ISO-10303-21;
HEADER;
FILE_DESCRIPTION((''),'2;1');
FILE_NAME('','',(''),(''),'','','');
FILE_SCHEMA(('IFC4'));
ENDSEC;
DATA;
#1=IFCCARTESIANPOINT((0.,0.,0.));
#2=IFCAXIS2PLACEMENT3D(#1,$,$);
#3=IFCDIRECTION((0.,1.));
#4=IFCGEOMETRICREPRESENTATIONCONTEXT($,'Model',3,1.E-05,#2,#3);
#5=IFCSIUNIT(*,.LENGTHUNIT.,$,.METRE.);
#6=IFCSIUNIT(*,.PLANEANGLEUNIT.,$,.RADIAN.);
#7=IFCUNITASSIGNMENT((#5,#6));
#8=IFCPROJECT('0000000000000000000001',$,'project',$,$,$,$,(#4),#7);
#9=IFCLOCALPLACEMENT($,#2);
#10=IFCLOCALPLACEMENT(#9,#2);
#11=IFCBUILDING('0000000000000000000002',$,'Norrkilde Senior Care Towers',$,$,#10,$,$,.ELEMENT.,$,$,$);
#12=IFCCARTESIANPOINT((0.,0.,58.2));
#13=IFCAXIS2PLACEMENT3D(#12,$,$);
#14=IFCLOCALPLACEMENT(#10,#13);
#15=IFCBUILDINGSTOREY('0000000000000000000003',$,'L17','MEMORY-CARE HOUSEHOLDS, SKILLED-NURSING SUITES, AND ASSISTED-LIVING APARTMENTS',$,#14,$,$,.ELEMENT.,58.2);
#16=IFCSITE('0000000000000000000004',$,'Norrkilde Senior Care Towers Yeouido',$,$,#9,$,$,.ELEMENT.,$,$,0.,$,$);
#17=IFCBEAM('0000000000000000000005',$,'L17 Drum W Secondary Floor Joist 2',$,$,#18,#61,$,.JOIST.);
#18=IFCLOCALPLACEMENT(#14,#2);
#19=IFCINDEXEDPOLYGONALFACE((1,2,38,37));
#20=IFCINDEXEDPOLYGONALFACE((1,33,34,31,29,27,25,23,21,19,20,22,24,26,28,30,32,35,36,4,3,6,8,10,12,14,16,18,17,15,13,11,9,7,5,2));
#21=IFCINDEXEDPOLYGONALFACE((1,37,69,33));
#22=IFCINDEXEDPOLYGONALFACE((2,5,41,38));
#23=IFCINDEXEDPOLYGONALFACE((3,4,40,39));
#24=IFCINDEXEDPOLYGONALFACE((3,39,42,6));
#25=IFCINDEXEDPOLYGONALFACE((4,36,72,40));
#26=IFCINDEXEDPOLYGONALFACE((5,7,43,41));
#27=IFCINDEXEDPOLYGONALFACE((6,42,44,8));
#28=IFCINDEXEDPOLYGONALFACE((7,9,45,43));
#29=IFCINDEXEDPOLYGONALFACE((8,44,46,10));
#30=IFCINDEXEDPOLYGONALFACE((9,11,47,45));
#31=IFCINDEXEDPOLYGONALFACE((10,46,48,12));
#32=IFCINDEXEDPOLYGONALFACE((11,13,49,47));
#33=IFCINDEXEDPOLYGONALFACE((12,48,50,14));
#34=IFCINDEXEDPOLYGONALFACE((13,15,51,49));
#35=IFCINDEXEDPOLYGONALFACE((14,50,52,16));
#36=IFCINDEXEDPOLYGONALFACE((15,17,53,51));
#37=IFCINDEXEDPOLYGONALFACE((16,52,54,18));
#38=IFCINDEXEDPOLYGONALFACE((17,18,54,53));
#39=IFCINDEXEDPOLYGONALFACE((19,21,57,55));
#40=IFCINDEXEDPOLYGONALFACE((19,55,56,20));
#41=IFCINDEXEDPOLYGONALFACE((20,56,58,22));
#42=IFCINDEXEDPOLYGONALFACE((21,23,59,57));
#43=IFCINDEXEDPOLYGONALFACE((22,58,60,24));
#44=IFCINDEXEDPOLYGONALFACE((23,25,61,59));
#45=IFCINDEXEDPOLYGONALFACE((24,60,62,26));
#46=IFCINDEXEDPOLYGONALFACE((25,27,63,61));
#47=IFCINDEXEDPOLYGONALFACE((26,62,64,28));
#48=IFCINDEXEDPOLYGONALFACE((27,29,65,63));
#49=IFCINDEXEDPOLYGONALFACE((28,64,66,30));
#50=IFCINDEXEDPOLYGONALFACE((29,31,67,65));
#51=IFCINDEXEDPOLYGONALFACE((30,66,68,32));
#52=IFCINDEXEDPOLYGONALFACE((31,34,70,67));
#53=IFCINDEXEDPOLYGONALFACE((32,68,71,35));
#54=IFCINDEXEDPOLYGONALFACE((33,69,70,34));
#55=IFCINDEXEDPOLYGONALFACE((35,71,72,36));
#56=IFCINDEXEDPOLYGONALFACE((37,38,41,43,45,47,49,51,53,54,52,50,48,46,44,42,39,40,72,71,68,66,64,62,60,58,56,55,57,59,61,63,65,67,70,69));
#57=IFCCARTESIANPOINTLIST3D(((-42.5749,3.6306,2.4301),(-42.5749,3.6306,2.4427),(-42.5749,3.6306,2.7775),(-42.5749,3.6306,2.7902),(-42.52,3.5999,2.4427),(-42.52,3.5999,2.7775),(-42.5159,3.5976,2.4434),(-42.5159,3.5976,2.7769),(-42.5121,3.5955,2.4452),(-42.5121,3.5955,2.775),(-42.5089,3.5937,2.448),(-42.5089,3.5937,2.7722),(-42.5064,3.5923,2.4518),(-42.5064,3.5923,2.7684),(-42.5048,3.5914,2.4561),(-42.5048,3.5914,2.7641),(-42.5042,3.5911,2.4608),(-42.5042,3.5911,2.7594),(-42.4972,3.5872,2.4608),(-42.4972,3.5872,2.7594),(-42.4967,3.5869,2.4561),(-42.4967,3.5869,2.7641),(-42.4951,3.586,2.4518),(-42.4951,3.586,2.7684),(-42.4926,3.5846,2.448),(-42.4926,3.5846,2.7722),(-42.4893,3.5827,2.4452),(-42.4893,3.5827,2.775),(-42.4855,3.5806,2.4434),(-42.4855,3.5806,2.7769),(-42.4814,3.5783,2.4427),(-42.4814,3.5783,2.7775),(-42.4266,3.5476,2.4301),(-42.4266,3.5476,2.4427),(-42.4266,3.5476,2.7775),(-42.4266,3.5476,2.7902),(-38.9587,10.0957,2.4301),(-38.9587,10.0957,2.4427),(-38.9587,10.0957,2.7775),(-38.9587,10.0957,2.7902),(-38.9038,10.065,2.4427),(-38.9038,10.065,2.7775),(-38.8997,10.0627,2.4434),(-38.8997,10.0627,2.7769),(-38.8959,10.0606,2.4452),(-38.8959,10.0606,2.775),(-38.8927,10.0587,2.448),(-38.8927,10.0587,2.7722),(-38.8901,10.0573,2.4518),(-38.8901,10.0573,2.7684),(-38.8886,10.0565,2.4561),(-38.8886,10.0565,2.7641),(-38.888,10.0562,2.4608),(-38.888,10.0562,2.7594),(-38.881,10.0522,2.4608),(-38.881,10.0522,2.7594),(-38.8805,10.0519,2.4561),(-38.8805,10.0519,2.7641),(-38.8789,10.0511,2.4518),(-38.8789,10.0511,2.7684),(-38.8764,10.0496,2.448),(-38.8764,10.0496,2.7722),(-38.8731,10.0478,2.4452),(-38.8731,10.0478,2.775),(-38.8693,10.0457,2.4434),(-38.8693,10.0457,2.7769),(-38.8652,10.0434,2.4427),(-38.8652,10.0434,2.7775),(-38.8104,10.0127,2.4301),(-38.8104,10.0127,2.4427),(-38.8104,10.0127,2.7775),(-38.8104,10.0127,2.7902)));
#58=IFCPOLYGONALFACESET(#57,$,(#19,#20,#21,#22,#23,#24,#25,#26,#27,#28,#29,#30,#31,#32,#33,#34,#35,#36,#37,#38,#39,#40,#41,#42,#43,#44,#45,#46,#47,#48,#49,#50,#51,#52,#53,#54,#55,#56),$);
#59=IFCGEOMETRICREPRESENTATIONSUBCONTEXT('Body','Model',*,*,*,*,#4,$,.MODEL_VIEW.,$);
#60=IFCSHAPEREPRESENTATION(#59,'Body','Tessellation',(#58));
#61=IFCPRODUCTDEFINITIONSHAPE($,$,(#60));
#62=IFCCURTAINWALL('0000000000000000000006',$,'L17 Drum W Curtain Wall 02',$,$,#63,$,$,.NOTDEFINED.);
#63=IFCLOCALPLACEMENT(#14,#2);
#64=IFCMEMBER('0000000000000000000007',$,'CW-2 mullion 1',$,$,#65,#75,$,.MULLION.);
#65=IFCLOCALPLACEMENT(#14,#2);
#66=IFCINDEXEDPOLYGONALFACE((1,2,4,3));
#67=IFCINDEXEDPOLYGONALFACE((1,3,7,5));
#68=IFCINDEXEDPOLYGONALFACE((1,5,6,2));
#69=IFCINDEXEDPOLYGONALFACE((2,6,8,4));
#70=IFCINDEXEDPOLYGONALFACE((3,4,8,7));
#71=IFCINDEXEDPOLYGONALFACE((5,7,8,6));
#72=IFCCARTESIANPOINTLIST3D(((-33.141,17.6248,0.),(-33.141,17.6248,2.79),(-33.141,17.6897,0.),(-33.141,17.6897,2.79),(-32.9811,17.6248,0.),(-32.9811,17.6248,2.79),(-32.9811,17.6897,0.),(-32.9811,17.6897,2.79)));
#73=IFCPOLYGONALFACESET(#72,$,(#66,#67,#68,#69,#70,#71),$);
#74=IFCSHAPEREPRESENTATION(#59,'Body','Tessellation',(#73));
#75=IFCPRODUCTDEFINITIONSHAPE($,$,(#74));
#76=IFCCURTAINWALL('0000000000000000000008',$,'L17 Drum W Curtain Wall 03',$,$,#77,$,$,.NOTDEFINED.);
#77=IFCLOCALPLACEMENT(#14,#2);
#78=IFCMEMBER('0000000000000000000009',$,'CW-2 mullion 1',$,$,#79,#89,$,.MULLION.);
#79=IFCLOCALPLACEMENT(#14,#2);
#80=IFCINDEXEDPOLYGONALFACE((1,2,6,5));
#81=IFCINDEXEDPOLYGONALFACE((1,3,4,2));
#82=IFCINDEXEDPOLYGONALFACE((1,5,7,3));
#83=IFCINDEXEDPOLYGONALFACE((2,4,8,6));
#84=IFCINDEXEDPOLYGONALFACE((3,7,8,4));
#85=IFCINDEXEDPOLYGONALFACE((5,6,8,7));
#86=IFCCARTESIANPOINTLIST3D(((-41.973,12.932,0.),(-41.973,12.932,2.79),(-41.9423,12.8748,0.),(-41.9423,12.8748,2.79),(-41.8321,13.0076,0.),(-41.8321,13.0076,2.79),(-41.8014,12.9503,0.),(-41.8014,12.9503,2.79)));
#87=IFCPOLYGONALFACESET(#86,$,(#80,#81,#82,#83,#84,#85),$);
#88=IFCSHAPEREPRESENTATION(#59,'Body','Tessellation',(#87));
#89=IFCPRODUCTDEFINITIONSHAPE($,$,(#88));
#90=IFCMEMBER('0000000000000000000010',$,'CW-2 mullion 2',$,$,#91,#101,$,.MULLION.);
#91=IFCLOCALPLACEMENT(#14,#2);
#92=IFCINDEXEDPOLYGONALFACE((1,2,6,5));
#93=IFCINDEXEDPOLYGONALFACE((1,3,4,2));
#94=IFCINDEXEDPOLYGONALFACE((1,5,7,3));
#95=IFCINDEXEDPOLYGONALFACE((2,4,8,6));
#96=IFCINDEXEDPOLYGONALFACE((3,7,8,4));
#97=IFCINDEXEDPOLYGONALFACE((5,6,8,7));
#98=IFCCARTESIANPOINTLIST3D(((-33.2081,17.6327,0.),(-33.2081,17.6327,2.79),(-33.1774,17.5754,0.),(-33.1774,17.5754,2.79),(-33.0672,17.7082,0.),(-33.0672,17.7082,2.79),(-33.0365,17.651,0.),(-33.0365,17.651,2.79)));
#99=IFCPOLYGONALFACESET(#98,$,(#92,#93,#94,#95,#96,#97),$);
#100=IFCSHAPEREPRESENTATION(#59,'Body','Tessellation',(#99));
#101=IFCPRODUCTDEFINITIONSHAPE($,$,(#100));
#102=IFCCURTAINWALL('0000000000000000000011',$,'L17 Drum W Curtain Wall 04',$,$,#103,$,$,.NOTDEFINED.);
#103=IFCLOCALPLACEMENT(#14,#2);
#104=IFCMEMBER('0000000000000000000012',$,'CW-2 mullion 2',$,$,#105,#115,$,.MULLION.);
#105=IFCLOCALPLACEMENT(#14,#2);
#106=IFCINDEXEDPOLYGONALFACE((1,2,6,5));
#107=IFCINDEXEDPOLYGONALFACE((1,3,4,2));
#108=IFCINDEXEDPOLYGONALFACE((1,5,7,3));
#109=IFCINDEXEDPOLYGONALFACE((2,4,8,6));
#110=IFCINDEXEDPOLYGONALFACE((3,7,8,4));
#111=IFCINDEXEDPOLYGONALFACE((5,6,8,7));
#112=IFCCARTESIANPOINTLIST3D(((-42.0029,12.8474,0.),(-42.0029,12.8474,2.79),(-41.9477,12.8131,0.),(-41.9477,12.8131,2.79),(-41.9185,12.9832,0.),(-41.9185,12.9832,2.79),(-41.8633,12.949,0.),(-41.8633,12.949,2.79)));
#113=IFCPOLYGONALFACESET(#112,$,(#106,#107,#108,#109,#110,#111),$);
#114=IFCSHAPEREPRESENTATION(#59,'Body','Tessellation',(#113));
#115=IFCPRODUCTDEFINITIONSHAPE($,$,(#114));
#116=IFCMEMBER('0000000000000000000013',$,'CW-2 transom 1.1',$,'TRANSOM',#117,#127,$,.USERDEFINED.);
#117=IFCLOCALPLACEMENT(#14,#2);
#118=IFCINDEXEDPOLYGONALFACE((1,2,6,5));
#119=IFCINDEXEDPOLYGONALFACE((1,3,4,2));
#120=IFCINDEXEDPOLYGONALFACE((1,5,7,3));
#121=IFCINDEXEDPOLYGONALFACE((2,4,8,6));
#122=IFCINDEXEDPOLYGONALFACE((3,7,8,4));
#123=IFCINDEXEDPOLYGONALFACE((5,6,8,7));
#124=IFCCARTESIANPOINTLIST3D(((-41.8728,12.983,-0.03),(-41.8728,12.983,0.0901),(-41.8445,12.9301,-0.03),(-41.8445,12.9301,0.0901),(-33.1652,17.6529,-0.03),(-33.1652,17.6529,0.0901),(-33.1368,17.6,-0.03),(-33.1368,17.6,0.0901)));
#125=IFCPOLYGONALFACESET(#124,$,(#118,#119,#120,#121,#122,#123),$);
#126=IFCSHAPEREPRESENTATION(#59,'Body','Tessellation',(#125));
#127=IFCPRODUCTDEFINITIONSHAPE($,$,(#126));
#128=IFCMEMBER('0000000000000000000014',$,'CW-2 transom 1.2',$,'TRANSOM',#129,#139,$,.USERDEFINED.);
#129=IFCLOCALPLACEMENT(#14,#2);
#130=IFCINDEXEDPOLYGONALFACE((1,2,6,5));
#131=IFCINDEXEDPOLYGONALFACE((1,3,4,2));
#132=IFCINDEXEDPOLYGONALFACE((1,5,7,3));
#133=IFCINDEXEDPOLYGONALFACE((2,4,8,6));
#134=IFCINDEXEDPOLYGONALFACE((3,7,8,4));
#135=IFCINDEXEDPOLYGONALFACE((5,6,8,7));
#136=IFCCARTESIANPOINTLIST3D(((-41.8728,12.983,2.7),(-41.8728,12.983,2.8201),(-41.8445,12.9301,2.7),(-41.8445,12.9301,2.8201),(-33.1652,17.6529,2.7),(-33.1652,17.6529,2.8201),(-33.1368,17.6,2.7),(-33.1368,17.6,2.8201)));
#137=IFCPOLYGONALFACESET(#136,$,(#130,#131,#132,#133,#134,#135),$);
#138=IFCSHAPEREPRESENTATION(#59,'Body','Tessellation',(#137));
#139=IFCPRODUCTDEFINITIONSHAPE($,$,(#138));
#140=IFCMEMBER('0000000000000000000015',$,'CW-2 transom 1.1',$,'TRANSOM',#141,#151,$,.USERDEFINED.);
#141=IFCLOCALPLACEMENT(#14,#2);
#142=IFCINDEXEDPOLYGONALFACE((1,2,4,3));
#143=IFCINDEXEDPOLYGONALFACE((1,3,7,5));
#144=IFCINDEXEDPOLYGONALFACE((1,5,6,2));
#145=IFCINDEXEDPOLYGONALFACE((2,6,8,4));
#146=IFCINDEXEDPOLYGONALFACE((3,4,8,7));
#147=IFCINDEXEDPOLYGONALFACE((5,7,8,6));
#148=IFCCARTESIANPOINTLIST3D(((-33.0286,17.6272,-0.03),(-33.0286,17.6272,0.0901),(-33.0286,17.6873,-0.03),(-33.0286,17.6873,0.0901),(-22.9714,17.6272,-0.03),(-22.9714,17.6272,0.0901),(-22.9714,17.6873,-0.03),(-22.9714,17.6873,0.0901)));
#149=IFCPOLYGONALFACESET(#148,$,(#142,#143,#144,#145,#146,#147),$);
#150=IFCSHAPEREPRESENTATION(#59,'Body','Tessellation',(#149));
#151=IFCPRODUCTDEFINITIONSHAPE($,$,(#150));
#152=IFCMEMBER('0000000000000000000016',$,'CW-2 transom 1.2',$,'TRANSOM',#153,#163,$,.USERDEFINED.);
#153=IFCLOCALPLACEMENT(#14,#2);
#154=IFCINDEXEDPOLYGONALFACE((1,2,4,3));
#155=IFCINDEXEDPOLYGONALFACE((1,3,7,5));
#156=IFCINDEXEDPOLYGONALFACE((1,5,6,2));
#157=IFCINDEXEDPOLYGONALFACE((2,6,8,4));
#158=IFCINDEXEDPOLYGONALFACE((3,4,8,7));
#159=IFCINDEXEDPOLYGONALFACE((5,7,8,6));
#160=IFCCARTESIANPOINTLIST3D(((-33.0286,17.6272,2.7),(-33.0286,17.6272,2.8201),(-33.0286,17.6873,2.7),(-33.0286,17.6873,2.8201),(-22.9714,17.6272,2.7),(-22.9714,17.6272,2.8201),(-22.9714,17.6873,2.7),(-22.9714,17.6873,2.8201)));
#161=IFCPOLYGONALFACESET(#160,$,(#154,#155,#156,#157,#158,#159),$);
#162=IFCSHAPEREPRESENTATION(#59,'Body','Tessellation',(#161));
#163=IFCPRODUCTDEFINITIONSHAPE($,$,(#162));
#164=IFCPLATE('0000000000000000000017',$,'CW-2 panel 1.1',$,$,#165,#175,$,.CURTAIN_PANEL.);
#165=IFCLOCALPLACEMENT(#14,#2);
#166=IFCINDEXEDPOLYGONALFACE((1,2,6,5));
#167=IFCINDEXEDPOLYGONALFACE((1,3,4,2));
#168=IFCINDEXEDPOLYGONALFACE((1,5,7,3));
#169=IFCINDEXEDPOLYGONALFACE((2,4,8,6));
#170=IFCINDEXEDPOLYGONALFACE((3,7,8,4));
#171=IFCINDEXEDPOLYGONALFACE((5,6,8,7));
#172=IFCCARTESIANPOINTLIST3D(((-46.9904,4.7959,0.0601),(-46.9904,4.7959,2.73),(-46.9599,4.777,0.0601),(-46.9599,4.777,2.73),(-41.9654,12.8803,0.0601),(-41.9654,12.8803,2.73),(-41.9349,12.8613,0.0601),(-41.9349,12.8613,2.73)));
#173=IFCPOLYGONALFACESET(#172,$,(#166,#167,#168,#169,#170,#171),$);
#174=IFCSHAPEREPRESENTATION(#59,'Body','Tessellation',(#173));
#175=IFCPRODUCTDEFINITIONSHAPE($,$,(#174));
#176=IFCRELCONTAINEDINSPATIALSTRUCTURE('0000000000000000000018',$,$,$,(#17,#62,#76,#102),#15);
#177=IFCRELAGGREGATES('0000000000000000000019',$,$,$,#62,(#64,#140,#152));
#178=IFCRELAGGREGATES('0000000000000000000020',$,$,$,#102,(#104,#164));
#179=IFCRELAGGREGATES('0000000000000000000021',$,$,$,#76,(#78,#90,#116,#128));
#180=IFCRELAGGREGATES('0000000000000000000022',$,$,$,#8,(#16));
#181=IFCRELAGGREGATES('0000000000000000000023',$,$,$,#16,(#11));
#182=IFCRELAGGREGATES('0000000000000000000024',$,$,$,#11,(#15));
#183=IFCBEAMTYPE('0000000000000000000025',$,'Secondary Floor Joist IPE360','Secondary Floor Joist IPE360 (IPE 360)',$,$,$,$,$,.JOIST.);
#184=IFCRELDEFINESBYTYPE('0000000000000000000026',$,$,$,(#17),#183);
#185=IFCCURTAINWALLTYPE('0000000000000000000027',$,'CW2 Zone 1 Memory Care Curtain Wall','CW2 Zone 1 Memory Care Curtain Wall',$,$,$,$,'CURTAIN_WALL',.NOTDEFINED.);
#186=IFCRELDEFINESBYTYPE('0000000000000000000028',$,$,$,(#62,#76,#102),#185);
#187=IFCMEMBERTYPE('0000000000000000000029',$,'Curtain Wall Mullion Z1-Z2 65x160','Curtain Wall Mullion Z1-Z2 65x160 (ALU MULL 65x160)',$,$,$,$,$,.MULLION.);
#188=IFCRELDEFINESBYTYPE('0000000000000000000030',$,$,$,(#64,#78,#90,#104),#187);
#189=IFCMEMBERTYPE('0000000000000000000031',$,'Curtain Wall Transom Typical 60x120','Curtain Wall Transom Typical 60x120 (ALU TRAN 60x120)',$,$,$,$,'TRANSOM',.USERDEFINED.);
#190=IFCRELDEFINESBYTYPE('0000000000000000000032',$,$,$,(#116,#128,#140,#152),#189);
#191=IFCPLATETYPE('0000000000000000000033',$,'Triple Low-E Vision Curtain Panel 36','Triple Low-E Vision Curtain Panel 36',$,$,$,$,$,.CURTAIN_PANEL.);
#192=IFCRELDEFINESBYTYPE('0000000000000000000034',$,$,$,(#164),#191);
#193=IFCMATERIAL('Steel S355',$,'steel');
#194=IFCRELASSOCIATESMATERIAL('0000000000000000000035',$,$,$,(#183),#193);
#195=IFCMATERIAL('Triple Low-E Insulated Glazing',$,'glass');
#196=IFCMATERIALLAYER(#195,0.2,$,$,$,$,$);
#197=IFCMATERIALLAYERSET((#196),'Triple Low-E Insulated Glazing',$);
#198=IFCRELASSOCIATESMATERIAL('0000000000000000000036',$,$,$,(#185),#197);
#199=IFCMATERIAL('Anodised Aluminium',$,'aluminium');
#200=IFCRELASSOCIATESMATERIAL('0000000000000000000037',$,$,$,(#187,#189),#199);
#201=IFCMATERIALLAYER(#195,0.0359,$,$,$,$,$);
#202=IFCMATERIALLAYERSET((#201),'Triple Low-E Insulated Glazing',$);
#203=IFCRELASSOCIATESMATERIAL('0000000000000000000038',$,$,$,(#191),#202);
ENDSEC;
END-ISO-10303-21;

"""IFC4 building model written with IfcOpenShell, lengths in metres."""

from ifc_helpers import new_model, si_unit, direction, frame, origin, origin_2d, place, context, subcontext, project, spatial, rectangle, i_section, extrude, source, transform, mapped, material, layer, layer_set, material_profile, profile_set, type_object, type_shapes, element, aggregate, save


model = new_model("IFC4")

# Units and contexts
model_context = context("Model", 3, precision=1e-05, world=origin(), true_north=direction((0.0, 1.0)))
body_context = subcontext(model_context, "Body", "Model", "MODEL_VIEW")
ifc_project = project(units=[si_unit("LENGTHUNIT", "METRE"), si_unit("PLANEANGLEUNIT", "RADIAN")], contexts=[model_context])

# Site, building, storey
site_placement = place(None, origin())
site = spatial("IfcSite", under=ifc_project, at=site_placement, Name="Norrkilde Senior Care Towers Yeouido", CompositionType="ELEMENT", RefElevation=0.0)
building_placement = place(site_placement, origin())
building = spatial("IfcBuilding", under=site, at=building_placement, Name="Norrkilde Senior Care Towers", CompositionType="ELEMENT")
storey_placement = place(building_placement, frame((0.0, 0.0, 58.2)))
storey = spatial("IfcBuildingStorey", under=building, at=storey_placement, Name="L17", Description="MEMORY-CARE HOUSEHOLDS, SKILLED-NURSING SUITES, AND ASSISTED-LIVING APARTMENTS", CompositionType="ELEMENT", Elevation=58.2)

# Beam
ifc_material_1 = material(Name="Steel S355", Category="steel")
ifc_material_profile_1 = material_profile(ifc_material_1, i_section(OverallWidth=0.1699, OverallDepth=0.3601, WebThickness=0.0081, FlangeThickness=0.0127, FilletRadius=0.0181, at=origin_2d()), Name="IPE 360")
ifc_profile_set_1 = profile_set([ifc_material_profile_1], Name="Steel S355")
beam_type_1 = type_object("IfcBeamType", Name="Secondary Floor Joist IPE360", Description="Secondary Floor Joist IPE360 (IPE 360)", PredefinedType="JOIST", material=ifc_profile_set_1)
shared_shape_1 = source(origin(), body_context, "Body", "SweptSolid", [
    extrude(i_section(OverallWidth=0.1699, OverallDepth=0.3601, WebThickness=0.0081, FlangeThickness=0.0127, FilletRadius=0.0181, at=origin_2d()), origin(), (0.0, 0.0, 1.0), 7.4077),
])
type_shapes(beam_type_1, [shared_shape_1])
beam_1_placement = place(storey_placement, frame((-38.8845, 10.0542, 2.6101), z_axis=(-0.488168, -0.87275, 0.0), x_axis=(0.87275, -0.488168, 0.0)))
element("IfcBeam", 1, at=beam_1_placement, inside=storey, type_object=beam_type_1, Name="L17 Drum W Secondary Floor Joist 2", PredefinedType="JOIST", context=body_context, shape_type="MappedRepresentation", body=[
    mapped(shared_shape_1, transform((0.0, 0.0, 0.0), x_axis=(1.0, 0.0, 0.0), y_axis=(0.0, 1.0, 0.0), z_axis=(0.0, 0.0, 1.0), scale=1.0)),
])

# Curtain wall, member
ifc_material_2 = material(Name="Triple Low-E Insulated Glazing", Category="glass")
ifc_layer_1 = layer(ifc_material_2, 0.2)
ifc_layer_set_1 = layer_set([ifc_layer_1], Name="Triple Low-E Insulated Glazing")
curtain_wall_type = type_object("IfcCurtainWallType", Name="CW2 Zone 1 Memory Care Curtain Wall", Description="CW2 Zone 1 Memory Care Curtain Wall", ElementType="CURTAIN_WALL", PredefinedType="NOTDEFINED", material=ifc_layer_set_1)
curtain_wall_1_placement = place(storey_placement, origin())
curtain_wall_1 = element("IfcCurtainWall", 2, at=curtain_wall_1_placement, inside=storey, type_object=curtain_wall_type, Name="L17 Drum W Curtain Wall 02", PredefinedType="NOTDEFINED")
ifc_material_3 = material(Name="Anodised Aluminium", Category="aluminium")
ifc_material_profile_2 = material_profile(ifc_material_3, rectangle(XDim=0.0649, YDim=0.1599, at=origin_2d()), Name="ALU MULL 65x160")
ifc_profile_set_2 = profile_set([ifc_material_profile_2], Name="Anodised Aluminium")
member_type_1 = type_object("IfcMemberType", Name="Curtain Wall Mullion Z1-Z2 65x160", Description="Curtain Wall Mullion Z1-Z2 65x160 (ALU MULL 65x160)", PredefinedType="MULLION", material=ifc_profile_set_2)
shared_shape_2 = source(origin(), body_context, "Body", "SweptSolid", [
    extrude(rectangle(XDim=0.0649, YDim=0.1599, at=origin_2d()), origin(), (0.0, 0.0, 1.0), 2.79),
])
type_shapes(member_type_1, [shared_shape_2])
member_1_placement = place(storey_placement, frame((-33.061, 17.6572, 0.0), z_axis=(0.0, 0.0, 1.0), x_axis=(0.0, 1.0, 0.0)))
member_1 = element("IfcMember", 3, at=member_1_placement, type_object=member_type_1, Name="CW-2 mullion 1", PredefinedType="MULLION", context=body_context, shape_type="MappedRepresentation", body=[
    mapped(shared_shape_2, transform((0.0, 0.0, 0.0), x_axis=(1.0, 0.0, 0.0), y_axis=(0.0, 1.0, 0.0), z_axis=(0.0, 0.0, 1.0), scale=1.0)),
])

# Curtain wall, members
curtain_wall_2_placement = place(storey_placement, origin())
curtain_wall_2 = element("IfcCurtainWall", 4, at=curtain_wall_2_placement, inside=storey, type_object=curtain_wall_type, Name="L17 Drum W Curtain Wall 03", PredefinedType="NOTDEFINED")
member_2_placement = place(storey_placement, frame((-41.8872, 12.9412, 0.0), z_axis=(0.0, 0.0, 1.0), x_axis=(-0.472608, 0.881273, 0.0)))
member_2 = element("IfcMember", 5, at=member_2_placement, type_object=member_type_1, Name="CW-2 mullion 1", PredefinedType="MULLION", context=body_context, shape_type="MappedRepresentation", body=[
    mapped(shared_shape_2, transform((0.0, 0.0, 0.0), x_axis=(1.0, 0.0, 0.0), y_axis=(0.0, 1.0, 0.0), z_axis=(0.0, 0.0, 1.0), scale=1.0)),
])
member_3_placement = place(storey_placement, frame((-33.1223, 17.6418, 0.0), z_axis=(0.0, 0.0, 1.0), x_axis=(-0.472608, 0.881273, 0.0)))
member_3 = element("IfcMember", 6, at=member_3_placement, type_object=member_type_1, Name="CW-2 mullion 2", PredefinedType="MULLION", context=body_context, shape_type="MappedRepresentation", body=[
    mapped(shared_shape_2, transform((0.0, 0.0, 0.0), x_axis=(1.0, 0.0, 0.0), y_axis=(0.0, 1.0, 0.0), z_axis=(0.0, 0.0, 1.0), scale=1.0)),
])

# Curtain wall, member
curtain_wall_3_placement = place(storey_placement, origin())
curtain_wall_3 = element("IfcCurtainWall", 7, at=curtain_wall_3_placement, inside=storey, type_object=curtain_wall_type, Name="L17 Drum W Curtain Wall 04", PredefinedType="NOTDEFINED")
member_4_placement = place(storey_placement, frame((-41.9331, 12.8982, 0.0), z_axis=(0.0, 0.0, 1.0), x_axis=(-0.849306, 0.527901, 0.0)))
member_4 = element("IfcMember", 8, at=member_4_placement, type_object=member_type_1, Name="CW-2 mullion 2", PredefinedType="MULLION", context=body_context, shape_type="MappedRepresentation", body=[
    mapped(shared_shape_2, transform((0.0, 0.0, 0.0), x_axis=(1.0, 0.0, 0.0), y_axis=(0.0, 1.0, 0.0), z_axis=(0.0, 0.0, 1.0), scale=1.0)),
])

# Members
ifc_material_profile_3 = material_profile(ifc_material_3, rectangle(XDim=0.0601, YDim=0.1201, at=origin_2d()), Name="ALU TRAN 60x120")
ifc_profile_set_3 = profile_set([ifc_material_profile_3], Name="Anodised Aluminium")
member_type_2 = type_object("IfcMemberType", Name="Curtain Wall Transom Typical 60x120", Description="Curtain Wall Transom Typical 60x120 (ALU TRAN 60x120)", ElementType="TRANSOM", PredefinedType="USERDEFINED", material=ifc_profile_set_3)
shared_shape_3 = source(origin(), body_context, "Body", "SweptSolid", [
    extrude(rectangle(XDim=0.0601, YDim=0.1201, at=origin_2d()), origin(), (0.0, 0.0, 1.0), 9.8809),
])
member_5_placement = place(storey_placement, frame((-41.8586, 12.9565, 0.03), z_axis=(0.881267, 0.472618, 0.0), x_axis=(-0.472618, 0.881267, 0.0)))
member_5 = element("IfcMember", 9, at=member_5_placement, type_object=member_type_2, Name="CW-2 transom 1.1", ObjectType="TRANSOM", PredefinedType="USERDEFINED", context=body_context, shape_type="MappedRepresentation", body=[
    mapped(shared_shape_3, transform((0.0, 0.0, 0.0), x_axis=(1.0, 0.0, 0.0), y_axis=(0.0, 1.0, 0.0), z_axis=(0.0, 0.0, 1.0), scale=1.0)),
])
member_6_placement = place(storey_placement, frame((-41.8586, 12.9565, 2.76), z_axis=(0.881267, 0.472618, 0.0), x_axis=(-0.472618, 0.881267, 0.0)))
member_6 = element("IfcMember", 10, at=member_6_placement, type_object=member_type_2, Name="CW-2 transom 1.2", ObjectType="TRANSOM", PredefinedType="USERDEFINED", context=body_context, shape_type="MappedRepresentation", body=[
    mapped(shared_shape_3, transform((0.0, 0.0, 0.0), x_axis=(1.0, 0.0, 0.0), y_axis=(0.0, 1.0, 0.0), z_axis=(0.0, 0.0, 1.0), scale=1.0)),
])
shared_shape_4 = source(origin(), body_context, "Body", "SweptSolid", [
    extrude(rectangle(XDim=0.0601, YDim=0.1201, at=origin_2d()), origin(), (0.0, 0.0, 1.0), 10.0571),
])
type_shapes(member_type_2, [shared_shape_3, shared_shape_4])
member_7_placement = place(storey_placement, frame((-33.0286, 17.6572, 0.03), z_axis=(1.0, 0.0, 0.0), x_axis=(0.0, 1.0, 0.0)))
member_7 = element("IfcMember", 11, at=member_7_placement, type_object=member_type_2, Name="CW-2 transom 1.1", ObjectType="TRANSOM", PredefinedType="USERDEFINED", context=body_context, shape_type="MappedRepresentation", body=[
    mapped(shared_shape_4, transform((0.0, 0.0, 0.0), x_axis=(1.0, 0.0, 0.0), y_axis=(0.0, 1.0, 0.0), z_axis=(0.0, 0.0, 1.0), scale=1.0)),
])
member_8_placement = place(storey_placement, frame((-33.0286, 17.6572, 2.76), z_axis=(1.0, 0.0, 0.0), x_axis=(0.0, 1.0, 0.0)))
member_8 = element("IfcMember", 12, at=member_8_placement, type_object=member_type_2, Name="CW-2 transom 1.2", ObjectType="TRANSOM", PredefinedType="USERDEFINED", context=body_context, shape_type="MappedRepresentation", body=[
    mapped(shared_shape_4, transform((0.0, 0.0, 0.0), x_axis=(1.0, 0.0, 0.0), y_axis=(0.0, 1.0, 0.0), z_axis=(0.0, 0.0, 1.0), scale=1.0)),
])
aggregate(curtain_wall_1, [member_1, member_7, member_8])

# Plate
ifc_layer_2 = layer(ifc_material_2, 0.0359)
ifc_layer_set_2 = layer_set([ifc_layer_2], Name="Triple Low-E Insulated Glazing")
plate_type = type_object("IfcPlateType", Name="Triple Low-E Vision Curtain Panel 36", Description="Triple Low-E Vision Curtain Panel 36", PredefinedType="CURTAIN_PANEL", material=ifc_layer_set_2)
shared_shape_5 = source(origin(), body_context, "Body", "SweptSolid", [
    extrude(rectangle(XDim=9.5188, YDim=0.0359, at=origin_2d()), origin(), (0.0, 0.0, 1.0), 2.6699),
])
plate_1_placement = place(storey_placement, frame((-44.4626, 8.8286, 0.0601), z_axis=(0.0, 0.0, 1.0), x_axis=(0.527901, 0.849306, 0.0)))
plate_1 = element("IfcPlate", 13, at=plate_1_placement, type_object=plate_type, Name="CW-2 panel 1.1", PredefinedType="CURTAIN_PANEL", context=body_context, shape_type="MappedRepresentation", body=[
    mapped(shared_shape_5, transform((0.0, 0.0, 0.0), x_axis=(1.0, 0.0, 0.0), y_axis=(0.0, 1.0, 0.0), z_axis=(0.0, 0.0, 1.0), scale=1.0)),
])
aggregate(curtain_wall_3, [member_4, plate_1])
aggregate(curtain_wall_2, [member_2, member_3, member_5, member_6])

save(model, "model.ifc")
